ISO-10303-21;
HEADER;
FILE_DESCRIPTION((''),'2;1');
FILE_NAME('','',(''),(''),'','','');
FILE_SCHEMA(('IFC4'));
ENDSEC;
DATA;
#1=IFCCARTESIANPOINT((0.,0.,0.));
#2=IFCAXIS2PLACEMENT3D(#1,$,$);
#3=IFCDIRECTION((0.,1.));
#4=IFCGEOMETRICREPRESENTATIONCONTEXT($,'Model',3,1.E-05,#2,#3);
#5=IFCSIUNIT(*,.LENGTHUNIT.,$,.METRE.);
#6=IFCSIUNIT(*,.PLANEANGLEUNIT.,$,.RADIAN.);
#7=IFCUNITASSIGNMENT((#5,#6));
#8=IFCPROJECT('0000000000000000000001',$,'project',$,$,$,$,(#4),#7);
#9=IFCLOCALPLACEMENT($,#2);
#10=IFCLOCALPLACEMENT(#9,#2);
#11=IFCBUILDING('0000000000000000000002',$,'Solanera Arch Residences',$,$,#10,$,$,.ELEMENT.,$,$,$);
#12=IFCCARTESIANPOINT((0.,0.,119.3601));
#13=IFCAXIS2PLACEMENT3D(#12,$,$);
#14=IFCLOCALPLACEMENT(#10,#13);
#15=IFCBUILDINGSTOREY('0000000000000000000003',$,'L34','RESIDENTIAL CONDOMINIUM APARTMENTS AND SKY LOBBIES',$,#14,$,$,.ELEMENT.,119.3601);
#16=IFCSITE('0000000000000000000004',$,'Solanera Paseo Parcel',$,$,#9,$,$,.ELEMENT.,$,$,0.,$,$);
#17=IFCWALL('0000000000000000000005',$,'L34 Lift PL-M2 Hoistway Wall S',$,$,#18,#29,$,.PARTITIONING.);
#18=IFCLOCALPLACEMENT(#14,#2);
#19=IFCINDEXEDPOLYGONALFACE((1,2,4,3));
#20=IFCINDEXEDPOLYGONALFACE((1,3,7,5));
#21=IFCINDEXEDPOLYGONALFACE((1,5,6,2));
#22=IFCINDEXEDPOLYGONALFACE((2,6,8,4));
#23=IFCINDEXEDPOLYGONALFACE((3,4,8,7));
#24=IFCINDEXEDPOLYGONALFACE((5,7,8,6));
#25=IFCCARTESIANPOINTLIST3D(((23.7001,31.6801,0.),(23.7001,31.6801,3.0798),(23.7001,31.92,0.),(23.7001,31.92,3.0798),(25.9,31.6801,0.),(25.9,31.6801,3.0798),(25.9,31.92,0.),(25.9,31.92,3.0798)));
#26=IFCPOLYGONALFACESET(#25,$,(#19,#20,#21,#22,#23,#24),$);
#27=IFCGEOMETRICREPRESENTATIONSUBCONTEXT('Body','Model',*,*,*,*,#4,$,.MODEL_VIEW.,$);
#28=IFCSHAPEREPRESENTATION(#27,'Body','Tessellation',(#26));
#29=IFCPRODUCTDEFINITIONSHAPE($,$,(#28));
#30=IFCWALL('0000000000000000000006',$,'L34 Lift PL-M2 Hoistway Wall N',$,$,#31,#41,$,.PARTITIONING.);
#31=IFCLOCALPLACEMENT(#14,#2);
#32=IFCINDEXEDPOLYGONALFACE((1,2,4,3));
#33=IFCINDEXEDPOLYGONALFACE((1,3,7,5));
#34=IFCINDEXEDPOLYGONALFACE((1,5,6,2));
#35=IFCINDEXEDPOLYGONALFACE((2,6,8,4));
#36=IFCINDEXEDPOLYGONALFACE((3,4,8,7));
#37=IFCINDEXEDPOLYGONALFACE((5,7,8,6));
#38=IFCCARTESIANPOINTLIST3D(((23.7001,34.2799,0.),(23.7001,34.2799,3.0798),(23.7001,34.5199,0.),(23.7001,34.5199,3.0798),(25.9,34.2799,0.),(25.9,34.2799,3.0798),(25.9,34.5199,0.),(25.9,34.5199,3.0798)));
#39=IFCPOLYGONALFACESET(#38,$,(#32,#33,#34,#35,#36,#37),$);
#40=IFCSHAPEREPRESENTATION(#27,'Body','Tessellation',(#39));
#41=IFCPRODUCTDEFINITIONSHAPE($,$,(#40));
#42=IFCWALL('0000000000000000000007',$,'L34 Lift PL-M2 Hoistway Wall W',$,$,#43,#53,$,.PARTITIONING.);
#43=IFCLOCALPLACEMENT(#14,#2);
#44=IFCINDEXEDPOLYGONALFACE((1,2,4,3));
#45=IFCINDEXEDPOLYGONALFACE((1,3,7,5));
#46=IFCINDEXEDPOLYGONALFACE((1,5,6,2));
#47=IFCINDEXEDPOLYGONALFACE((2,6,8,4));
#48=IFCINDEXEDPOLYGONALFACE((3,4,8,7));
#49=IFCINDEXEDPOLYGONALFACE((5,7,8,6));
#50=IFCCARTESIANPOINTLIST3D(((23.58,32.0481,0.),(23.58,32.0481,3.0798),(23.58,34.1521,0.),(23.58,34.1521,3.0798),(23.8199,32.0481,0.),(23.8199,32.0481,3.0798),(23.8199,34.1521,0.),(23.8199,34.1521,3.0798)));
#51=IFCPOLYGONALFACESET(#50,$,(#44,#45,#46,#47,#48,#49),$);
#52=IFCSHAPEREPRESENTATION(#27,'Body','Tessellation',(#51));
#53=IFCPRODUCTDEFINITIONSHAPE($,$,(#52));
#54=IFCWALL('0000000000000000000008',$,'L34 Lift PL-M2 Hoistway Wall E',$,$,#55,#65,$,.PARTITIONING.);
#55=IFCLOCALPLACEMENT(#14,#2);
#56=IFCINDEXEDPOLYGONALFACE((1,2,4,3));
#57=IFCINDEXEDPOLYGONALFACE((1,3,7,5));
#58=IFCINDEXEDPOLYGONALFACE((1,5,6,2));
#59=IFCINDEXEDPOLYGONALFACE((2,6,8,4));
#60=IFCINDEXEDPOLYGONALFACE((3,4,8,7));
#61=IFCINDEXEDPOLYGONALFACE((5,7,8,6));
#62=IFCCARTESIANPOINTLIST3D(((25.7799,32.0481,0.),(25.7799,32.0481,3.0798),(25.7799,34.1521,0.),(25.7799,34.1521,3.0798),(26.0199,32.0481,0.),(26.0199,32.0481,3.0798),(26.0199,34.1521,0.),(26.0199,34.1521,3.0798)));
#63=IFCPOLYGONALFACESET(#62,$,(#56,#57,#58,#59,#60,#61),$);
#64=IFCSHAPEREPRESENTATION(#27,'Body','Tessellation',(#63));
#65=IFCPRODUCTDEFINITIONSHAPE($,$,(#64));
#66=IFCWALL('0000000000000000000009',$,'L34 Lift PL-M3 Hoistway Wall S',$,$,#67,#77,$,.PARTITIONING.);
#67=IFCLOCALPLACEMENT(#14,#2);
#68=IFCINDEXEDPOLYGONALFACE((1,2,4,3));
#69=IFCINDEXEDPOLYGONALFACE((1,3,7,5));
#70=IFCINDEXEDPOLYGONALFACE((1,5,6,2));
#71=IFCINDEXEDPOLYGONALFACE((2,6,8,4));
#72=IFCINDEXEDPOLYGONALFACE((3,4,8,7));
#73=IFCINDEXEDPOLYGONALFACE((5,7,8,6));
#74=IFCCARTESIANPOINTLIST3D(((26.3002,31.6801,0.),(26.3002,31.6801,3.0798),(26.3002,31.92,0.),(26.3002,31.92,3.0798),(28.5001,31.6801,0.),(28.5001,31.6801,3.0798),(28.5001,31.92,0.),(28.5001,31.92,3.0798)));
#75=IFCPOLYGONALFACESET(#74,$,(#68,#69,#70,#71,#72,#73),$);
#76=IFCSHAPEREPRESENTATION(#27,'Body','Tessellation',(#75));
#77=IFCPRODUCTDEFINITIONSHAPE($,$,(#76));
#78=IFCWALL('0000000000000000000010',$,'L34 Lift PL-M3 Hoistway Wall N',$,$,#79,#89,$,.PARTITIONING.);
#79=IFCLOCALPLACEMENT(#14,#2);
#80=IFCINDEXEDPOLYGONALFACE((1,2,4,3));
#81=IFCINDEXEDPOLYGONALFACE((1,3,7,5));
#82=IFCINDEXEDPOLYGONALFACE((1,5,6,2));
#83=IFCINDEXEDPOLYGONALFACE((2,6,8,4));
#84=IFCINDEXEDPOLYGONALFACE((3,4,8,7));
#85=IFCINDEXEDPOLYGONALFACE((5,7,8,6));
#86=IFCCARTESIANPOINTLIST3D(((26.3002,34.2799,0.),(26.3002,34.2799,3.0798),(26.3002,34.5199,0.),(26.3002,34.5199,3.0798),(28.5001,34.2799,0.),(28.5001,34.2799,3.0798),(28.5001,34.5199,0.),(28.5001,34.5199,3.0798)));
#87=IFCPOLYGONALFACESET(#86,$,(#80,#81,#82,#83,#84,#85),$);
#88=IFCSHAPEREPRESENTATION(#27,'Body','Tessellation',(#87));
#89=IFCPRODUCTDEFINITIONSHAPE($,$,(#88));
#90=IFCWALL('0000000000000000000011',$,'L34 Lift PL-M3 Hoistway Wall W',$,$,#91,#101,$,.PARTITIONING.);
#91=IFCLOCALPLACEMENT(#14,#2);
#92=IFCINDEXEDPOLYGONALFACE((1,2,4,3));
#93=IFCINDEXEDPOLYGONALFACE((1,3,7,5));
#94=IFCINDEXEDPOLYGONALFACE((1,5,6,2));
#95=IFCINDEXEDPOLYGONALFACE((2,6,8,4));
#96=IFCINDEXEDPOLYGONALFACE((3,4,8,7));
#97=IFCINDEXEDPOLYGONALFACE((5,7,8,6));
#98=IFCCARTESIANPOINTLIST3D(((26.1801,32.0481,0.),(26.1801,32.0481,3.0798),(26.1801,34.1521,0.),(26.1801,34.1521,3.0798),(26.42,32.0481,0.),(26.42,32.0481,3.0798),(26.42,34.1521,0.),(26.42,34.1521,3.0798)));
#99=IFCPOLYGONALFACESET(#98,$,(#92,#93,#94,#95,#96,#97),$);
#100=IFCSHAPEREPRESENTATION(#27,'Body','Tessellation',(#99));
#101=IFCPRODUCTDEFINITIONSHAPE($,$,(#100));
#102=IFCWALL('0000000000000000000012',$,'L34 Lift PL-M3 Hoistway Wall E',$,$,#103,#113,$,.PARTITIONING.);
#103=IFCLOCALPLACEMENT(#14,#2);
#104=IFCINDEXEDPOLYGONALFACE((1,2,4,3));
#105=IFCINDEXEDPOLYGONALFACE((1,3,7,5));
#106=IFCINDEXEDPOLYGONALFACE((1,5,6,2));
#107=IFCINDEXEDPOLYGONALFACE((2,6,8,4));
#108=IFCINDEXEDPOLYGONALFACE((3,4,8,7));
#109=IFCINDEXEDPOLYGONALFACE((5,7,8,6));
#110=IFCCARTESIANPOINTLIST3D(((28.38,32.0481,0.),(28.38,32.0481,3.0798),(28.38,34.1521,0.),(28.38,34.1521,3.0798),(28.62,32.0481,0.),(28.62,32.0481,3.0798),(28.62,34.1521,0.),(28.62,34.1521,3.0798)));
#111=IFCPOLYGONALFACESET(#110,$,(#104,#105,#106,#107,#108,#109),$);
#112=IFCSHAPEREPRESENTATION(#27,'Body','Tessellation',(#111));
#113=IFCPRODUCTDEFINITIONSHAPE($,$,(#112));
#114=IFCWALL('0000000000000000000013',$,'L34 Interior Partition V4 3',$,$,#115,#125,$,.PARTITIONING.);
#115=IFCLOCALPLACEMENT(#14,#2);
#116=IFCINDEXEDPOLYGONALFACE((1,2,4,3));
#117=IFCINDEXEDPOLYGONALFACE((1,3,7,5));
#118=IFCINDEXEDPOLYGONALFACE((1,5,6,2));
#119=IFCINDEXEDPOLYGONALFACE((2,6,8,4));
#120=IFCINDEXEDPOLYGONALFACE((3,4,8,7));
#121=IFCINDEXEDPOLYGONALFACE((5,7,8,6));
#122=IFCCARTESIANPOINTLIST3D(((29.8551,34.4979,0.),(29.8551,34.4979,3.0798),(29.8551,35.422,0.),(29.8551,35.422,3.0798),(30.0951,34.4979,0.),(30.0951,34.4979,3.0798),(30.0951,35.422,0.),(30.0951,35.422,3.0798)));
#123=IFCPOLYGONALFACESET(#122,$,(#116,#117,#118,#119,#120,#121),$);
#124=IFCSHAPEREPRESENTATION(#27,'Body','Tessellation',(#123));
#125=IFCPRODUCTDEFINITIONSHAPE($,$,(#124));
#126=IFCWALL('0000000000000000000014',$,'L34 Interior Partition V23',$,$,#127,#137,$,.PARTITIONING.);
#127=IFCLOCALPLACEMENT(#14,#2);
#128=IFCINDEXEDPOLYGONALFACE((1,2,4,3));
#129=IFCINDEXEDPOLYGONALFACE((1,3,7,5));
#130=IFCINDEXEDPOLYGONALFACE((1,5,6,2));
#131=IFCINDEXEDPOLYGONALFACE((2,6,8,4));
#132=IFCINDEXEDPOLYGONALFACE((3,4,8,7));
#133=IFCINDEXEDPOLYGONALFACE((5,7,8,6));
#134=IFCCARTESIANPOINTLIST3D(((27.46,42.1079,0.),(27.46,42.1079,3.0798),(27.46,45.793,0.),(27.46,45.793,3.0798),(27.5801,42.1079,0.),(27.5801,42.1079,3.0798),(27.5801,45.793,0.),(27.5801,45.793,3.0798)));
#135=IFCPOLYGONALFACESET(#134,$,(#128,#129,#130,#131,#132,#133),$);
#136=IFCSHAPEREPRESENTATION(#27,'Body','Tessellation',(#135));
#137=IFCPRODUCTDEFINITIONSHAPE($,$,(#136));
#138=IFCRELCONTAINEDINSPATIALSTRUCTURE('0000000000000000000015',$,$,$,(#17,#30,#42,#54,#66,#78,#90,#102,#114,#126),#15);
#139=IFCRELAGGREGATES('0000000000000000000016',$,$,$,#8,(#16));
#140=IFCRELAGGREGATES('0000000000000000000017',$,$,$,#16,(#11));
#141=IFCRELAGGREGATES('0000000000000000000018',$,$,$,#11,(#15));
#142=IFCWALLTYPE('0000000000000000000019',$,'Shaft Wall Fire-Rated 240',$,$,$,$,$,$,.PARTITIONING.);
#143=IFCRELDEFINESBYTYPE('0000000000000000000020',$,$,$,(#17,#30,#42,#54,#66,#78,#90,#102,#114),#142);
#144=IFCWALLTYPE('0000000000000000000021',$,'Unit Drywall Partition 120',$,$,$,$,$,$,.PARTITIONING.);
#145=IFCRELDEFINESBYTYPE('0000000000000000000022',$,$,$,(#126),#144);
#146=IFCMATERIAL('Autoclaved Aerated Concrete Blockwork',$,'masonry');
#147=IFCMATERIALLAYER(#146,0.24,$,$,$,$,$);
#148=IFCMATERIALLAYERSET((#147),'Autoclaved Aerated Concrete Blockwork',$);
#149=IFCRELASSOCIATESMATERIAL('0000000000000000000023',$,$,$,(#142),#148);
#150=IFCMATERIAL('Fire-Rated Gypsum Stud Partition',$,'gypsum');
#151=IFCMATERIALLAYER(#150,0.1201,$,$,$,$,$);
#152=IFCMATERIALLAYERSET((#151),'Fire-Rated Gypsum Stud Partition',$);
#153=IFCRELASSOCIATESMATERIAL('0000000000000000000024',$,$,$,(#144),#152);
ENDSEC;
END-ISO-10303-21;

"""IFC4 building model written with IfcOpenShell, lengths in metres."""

from ifc_helpers import new_model, si_unit, direction, frame, frame_2d, origin, place, context, subcontext, project, spatial, rectangle, extrude, material, layer, layer_set, type_object, element, save


model = new_model("IFC4")

# Units and contexts
model_context = context("Model", 3, precision=1e-05, world=origin(), true_north=direction((0.0, 1.0)))
body_context = subcontext(model_context, "Body", "Model", "MODEL_VIEW")
ifc_project = project(units=[si_unit("LENGTHUNIT", "METRE"), si_unit("PLANEANGLEUNIT", "RADIAN")], contexts=[model_context])

# Site, building, storey
site_placement = place(None, origin())
site = spatial("IfcSite", under=ifc_project, at=site_placement, Name="Solanera Paseo Parcel", CompositionType="ELEMENT", RefElevation=0.0)
building_placement = place(site_placement, origin())
building = spatial("IfcBuilding", under=site, at=building_placement, Name="Solanera Arch Residences", CompositionType="ELEMENT")
storey_placement = place(building_placement, frame((0.0, 0.0, 119.3601)))
storey = spatial("IfcBuildingStorey", under=building, at=storey_placement, Name="L34", Description="RESIDENTIAL CONDOMINIUM APARTMENTS AND SKY LOBBIES", CompositionType="ELEMENT", Elevation=119.3601)

# Walls
ifc_material_1 = material(Name="Autoclaved Aerated Concrete Blockwork", Category="masonry")
ifc_layer_1 = layer(ifc_material_1, 0.24)
ifc_layer_set_1 = layer_set([ifc_layer_1], Name="Autoclaved Aerated Concrete Blockwork")
wall_type_1 = type_object("IfcWallType", Name="Shaft Wall Fire-Rated 240", PredefinedType="PARTITIONING", material=ifc_layer_set_1)
for number, where, z_axis, x_axis, name in (
    (1, (23.7, 31.8, 0.0), (0.0, 0.0, 1.0), (1.0, 0.0, 0.0), "L34 Lift PL-M2 Hoistway Wall S"),
    (2, (23.7, 34.3999, 0.0), (0.0, 0.0, 1.0), (1.0, 0.0, 0.0), "L34 Lift PL-M2 Hoistway Wall N"),
):
    element("IfcWall", number, at=place(storey_placement, frame(where, z_axis=z_axis, x_axis=x_axis)), inside=storey, type_object=wall_type_1, Name=name, PredefinedType="PARTITIONING", context=body_context, shape_type="SweptSolid", body=[
        extrude(rectangle(XDim=2.2, YDim=0.24, at=frame_2d((1.1001, 0.0))), origin(), (0.0, 0.0, 1.0), 3.0798),
    ])
for number, where, z_axis, x_axis, name in (
    (3, (23.7, 32.0481, 0.0), (0.0, 0.0, 1.0), (0.0, 1.0, 0.0), "L34 Lift PL-M2 Hoistway Wall W"),
    (4, (25.8999, 32.0481, 0.0), (0.0, 0.0, 1.0), (0.0, 1.0, 0.0), "L34 Lift PL-M2 Hoistway Wall E"),
):
    element("IfcWall", number, at=place(storey_placement, frame(where, z_axis=z_axis, x_axis=x_axis)), inside=storey, type_object=wall_type_1, Name=name, PredefinedType="PARTITIONING", context=body_context, shape_type="SweptSolid", body=[
        extrude(rectangle(XDim=2.104, YDim=0.24, at=frame_2d((1.052, 0.0))), origin(), (0.0, 0.0, 1.0), 3.0798),
    ])
for number, where, z_axis, x_axis, name in (
    (5, (26.3, 31.8, 0.0), (0.0, 0.0, 1.0), (1.0, 0.0, 0.0), "L34 Lift PL-M3 Hoistway Wall S"),
    (6, (26.3, 34.3999, 0.0), (0.0, 0.0, 1.0), (1.0, 0.0, 0.0), "L34 Lift PL-M3 Hoistway Wall N"),
):
    element("IfcWall", number, at=place(storey_placement, frame(where, z_axis=z_axis, x_axis=x_axis)), inside=storey, type_object=wall_type_1, Name=name, PredefinedType="PARTITIONING", context=body_context, shape_type="SweptSolid", body=[
        extrude(rectangle(XDim=2.2, YDim=0.24, at=frame_2d((1.1001, 0.0))), origin(), (0.0, 0.0, 1.0), 3.0798),
    ])
for number, where, z_axis, x_axis, name in (
    (7, (26.3, 32.0481, 0.0), (0.0, 0.0, 1.0), (0.0, 1.0, 0.0), "L34 Lift PL-M3 Hoistway Wall W"),
    (8, (28.5, 32.0481, 0.0), (0.0, 0.0, 1.0), (0.0, 1.0, 0.0), "L34 Lift PL-M3 Hoistway Wall E"),
):
    element("IfcWall", number, at=place(storey_placement, frame(where, z_axis=z_axis, x_axis=x_axis)), inside=storey, type_object=wall_type_1, Name=name, PredefinedType="PARTITIONING", context=body_context, shape_type="SweptSolid", body=[
        extrude(rectangle(XDim=2.104, YDim=0.24, at=frame_2d((1.052, 0.0))), origin(), (0.0, 0.0, 1.0), 3.0798),
    ])

# Walls
wall_1_placement = place(storey_placement, frame((29.9751, 34.498, 0.0), z_axis=(0.0, 0.0, 1.0), x_axis=(0.0, 1.0, 0.0)))
element("IfcWall", 9, at=wall_1_placement, inside=storey, type_object=wall_type_1, Name="L34 Interior Partition V4 3", PredefinedType="PARTITIONING", context=body_context, shape_type="SweptSolid", body=[
    extrude(rectangle(XDim=0.9241, YDim=0.24, at=frame_2d((0.4619, 0.0))), origin(), (0.0, 0.0, 1.0), 3.0798),
])
ifc_material_2 = material(Name="Fire-Rated Gypsum Stud Partition", Category="gypsum")
ifc_layer_2 = layer(ifc_material_2, 0.1201)
ifc_layer_set_2 = layer_set([ifc_layer_2], Name="Fire-Rated Gypsum Stud Partition")
wall_type_2 = type_object("IfcWallType", Name="Unit Drywall Partition 120", PredefinedType="PARTITIONING", material=ifc_layer_set_2)
wall_2_placement = place(storey_placement, frame((27.52, 42.1079, 0.0), z_axis=(0.0, 0.0, 1.0), x_axis=(0.0, 1.0, 0.0)))
element("IfcWall", 10, at=wall_2_placement, inside=storey, type_object=wall_type_2, Name="L34 Interior Partition V23", PredefinedType="PARTITIONING", context=body_context, shape_type="SweptSolid", body=[
    extrude(rectangle(XDim=3.6851, YDim=0.1201, at=frame_2d((1.8425, 0.0))), origin(), (0.0, 0.0, 1.0), 3.0798),
])

save(model, "model.ifc")
